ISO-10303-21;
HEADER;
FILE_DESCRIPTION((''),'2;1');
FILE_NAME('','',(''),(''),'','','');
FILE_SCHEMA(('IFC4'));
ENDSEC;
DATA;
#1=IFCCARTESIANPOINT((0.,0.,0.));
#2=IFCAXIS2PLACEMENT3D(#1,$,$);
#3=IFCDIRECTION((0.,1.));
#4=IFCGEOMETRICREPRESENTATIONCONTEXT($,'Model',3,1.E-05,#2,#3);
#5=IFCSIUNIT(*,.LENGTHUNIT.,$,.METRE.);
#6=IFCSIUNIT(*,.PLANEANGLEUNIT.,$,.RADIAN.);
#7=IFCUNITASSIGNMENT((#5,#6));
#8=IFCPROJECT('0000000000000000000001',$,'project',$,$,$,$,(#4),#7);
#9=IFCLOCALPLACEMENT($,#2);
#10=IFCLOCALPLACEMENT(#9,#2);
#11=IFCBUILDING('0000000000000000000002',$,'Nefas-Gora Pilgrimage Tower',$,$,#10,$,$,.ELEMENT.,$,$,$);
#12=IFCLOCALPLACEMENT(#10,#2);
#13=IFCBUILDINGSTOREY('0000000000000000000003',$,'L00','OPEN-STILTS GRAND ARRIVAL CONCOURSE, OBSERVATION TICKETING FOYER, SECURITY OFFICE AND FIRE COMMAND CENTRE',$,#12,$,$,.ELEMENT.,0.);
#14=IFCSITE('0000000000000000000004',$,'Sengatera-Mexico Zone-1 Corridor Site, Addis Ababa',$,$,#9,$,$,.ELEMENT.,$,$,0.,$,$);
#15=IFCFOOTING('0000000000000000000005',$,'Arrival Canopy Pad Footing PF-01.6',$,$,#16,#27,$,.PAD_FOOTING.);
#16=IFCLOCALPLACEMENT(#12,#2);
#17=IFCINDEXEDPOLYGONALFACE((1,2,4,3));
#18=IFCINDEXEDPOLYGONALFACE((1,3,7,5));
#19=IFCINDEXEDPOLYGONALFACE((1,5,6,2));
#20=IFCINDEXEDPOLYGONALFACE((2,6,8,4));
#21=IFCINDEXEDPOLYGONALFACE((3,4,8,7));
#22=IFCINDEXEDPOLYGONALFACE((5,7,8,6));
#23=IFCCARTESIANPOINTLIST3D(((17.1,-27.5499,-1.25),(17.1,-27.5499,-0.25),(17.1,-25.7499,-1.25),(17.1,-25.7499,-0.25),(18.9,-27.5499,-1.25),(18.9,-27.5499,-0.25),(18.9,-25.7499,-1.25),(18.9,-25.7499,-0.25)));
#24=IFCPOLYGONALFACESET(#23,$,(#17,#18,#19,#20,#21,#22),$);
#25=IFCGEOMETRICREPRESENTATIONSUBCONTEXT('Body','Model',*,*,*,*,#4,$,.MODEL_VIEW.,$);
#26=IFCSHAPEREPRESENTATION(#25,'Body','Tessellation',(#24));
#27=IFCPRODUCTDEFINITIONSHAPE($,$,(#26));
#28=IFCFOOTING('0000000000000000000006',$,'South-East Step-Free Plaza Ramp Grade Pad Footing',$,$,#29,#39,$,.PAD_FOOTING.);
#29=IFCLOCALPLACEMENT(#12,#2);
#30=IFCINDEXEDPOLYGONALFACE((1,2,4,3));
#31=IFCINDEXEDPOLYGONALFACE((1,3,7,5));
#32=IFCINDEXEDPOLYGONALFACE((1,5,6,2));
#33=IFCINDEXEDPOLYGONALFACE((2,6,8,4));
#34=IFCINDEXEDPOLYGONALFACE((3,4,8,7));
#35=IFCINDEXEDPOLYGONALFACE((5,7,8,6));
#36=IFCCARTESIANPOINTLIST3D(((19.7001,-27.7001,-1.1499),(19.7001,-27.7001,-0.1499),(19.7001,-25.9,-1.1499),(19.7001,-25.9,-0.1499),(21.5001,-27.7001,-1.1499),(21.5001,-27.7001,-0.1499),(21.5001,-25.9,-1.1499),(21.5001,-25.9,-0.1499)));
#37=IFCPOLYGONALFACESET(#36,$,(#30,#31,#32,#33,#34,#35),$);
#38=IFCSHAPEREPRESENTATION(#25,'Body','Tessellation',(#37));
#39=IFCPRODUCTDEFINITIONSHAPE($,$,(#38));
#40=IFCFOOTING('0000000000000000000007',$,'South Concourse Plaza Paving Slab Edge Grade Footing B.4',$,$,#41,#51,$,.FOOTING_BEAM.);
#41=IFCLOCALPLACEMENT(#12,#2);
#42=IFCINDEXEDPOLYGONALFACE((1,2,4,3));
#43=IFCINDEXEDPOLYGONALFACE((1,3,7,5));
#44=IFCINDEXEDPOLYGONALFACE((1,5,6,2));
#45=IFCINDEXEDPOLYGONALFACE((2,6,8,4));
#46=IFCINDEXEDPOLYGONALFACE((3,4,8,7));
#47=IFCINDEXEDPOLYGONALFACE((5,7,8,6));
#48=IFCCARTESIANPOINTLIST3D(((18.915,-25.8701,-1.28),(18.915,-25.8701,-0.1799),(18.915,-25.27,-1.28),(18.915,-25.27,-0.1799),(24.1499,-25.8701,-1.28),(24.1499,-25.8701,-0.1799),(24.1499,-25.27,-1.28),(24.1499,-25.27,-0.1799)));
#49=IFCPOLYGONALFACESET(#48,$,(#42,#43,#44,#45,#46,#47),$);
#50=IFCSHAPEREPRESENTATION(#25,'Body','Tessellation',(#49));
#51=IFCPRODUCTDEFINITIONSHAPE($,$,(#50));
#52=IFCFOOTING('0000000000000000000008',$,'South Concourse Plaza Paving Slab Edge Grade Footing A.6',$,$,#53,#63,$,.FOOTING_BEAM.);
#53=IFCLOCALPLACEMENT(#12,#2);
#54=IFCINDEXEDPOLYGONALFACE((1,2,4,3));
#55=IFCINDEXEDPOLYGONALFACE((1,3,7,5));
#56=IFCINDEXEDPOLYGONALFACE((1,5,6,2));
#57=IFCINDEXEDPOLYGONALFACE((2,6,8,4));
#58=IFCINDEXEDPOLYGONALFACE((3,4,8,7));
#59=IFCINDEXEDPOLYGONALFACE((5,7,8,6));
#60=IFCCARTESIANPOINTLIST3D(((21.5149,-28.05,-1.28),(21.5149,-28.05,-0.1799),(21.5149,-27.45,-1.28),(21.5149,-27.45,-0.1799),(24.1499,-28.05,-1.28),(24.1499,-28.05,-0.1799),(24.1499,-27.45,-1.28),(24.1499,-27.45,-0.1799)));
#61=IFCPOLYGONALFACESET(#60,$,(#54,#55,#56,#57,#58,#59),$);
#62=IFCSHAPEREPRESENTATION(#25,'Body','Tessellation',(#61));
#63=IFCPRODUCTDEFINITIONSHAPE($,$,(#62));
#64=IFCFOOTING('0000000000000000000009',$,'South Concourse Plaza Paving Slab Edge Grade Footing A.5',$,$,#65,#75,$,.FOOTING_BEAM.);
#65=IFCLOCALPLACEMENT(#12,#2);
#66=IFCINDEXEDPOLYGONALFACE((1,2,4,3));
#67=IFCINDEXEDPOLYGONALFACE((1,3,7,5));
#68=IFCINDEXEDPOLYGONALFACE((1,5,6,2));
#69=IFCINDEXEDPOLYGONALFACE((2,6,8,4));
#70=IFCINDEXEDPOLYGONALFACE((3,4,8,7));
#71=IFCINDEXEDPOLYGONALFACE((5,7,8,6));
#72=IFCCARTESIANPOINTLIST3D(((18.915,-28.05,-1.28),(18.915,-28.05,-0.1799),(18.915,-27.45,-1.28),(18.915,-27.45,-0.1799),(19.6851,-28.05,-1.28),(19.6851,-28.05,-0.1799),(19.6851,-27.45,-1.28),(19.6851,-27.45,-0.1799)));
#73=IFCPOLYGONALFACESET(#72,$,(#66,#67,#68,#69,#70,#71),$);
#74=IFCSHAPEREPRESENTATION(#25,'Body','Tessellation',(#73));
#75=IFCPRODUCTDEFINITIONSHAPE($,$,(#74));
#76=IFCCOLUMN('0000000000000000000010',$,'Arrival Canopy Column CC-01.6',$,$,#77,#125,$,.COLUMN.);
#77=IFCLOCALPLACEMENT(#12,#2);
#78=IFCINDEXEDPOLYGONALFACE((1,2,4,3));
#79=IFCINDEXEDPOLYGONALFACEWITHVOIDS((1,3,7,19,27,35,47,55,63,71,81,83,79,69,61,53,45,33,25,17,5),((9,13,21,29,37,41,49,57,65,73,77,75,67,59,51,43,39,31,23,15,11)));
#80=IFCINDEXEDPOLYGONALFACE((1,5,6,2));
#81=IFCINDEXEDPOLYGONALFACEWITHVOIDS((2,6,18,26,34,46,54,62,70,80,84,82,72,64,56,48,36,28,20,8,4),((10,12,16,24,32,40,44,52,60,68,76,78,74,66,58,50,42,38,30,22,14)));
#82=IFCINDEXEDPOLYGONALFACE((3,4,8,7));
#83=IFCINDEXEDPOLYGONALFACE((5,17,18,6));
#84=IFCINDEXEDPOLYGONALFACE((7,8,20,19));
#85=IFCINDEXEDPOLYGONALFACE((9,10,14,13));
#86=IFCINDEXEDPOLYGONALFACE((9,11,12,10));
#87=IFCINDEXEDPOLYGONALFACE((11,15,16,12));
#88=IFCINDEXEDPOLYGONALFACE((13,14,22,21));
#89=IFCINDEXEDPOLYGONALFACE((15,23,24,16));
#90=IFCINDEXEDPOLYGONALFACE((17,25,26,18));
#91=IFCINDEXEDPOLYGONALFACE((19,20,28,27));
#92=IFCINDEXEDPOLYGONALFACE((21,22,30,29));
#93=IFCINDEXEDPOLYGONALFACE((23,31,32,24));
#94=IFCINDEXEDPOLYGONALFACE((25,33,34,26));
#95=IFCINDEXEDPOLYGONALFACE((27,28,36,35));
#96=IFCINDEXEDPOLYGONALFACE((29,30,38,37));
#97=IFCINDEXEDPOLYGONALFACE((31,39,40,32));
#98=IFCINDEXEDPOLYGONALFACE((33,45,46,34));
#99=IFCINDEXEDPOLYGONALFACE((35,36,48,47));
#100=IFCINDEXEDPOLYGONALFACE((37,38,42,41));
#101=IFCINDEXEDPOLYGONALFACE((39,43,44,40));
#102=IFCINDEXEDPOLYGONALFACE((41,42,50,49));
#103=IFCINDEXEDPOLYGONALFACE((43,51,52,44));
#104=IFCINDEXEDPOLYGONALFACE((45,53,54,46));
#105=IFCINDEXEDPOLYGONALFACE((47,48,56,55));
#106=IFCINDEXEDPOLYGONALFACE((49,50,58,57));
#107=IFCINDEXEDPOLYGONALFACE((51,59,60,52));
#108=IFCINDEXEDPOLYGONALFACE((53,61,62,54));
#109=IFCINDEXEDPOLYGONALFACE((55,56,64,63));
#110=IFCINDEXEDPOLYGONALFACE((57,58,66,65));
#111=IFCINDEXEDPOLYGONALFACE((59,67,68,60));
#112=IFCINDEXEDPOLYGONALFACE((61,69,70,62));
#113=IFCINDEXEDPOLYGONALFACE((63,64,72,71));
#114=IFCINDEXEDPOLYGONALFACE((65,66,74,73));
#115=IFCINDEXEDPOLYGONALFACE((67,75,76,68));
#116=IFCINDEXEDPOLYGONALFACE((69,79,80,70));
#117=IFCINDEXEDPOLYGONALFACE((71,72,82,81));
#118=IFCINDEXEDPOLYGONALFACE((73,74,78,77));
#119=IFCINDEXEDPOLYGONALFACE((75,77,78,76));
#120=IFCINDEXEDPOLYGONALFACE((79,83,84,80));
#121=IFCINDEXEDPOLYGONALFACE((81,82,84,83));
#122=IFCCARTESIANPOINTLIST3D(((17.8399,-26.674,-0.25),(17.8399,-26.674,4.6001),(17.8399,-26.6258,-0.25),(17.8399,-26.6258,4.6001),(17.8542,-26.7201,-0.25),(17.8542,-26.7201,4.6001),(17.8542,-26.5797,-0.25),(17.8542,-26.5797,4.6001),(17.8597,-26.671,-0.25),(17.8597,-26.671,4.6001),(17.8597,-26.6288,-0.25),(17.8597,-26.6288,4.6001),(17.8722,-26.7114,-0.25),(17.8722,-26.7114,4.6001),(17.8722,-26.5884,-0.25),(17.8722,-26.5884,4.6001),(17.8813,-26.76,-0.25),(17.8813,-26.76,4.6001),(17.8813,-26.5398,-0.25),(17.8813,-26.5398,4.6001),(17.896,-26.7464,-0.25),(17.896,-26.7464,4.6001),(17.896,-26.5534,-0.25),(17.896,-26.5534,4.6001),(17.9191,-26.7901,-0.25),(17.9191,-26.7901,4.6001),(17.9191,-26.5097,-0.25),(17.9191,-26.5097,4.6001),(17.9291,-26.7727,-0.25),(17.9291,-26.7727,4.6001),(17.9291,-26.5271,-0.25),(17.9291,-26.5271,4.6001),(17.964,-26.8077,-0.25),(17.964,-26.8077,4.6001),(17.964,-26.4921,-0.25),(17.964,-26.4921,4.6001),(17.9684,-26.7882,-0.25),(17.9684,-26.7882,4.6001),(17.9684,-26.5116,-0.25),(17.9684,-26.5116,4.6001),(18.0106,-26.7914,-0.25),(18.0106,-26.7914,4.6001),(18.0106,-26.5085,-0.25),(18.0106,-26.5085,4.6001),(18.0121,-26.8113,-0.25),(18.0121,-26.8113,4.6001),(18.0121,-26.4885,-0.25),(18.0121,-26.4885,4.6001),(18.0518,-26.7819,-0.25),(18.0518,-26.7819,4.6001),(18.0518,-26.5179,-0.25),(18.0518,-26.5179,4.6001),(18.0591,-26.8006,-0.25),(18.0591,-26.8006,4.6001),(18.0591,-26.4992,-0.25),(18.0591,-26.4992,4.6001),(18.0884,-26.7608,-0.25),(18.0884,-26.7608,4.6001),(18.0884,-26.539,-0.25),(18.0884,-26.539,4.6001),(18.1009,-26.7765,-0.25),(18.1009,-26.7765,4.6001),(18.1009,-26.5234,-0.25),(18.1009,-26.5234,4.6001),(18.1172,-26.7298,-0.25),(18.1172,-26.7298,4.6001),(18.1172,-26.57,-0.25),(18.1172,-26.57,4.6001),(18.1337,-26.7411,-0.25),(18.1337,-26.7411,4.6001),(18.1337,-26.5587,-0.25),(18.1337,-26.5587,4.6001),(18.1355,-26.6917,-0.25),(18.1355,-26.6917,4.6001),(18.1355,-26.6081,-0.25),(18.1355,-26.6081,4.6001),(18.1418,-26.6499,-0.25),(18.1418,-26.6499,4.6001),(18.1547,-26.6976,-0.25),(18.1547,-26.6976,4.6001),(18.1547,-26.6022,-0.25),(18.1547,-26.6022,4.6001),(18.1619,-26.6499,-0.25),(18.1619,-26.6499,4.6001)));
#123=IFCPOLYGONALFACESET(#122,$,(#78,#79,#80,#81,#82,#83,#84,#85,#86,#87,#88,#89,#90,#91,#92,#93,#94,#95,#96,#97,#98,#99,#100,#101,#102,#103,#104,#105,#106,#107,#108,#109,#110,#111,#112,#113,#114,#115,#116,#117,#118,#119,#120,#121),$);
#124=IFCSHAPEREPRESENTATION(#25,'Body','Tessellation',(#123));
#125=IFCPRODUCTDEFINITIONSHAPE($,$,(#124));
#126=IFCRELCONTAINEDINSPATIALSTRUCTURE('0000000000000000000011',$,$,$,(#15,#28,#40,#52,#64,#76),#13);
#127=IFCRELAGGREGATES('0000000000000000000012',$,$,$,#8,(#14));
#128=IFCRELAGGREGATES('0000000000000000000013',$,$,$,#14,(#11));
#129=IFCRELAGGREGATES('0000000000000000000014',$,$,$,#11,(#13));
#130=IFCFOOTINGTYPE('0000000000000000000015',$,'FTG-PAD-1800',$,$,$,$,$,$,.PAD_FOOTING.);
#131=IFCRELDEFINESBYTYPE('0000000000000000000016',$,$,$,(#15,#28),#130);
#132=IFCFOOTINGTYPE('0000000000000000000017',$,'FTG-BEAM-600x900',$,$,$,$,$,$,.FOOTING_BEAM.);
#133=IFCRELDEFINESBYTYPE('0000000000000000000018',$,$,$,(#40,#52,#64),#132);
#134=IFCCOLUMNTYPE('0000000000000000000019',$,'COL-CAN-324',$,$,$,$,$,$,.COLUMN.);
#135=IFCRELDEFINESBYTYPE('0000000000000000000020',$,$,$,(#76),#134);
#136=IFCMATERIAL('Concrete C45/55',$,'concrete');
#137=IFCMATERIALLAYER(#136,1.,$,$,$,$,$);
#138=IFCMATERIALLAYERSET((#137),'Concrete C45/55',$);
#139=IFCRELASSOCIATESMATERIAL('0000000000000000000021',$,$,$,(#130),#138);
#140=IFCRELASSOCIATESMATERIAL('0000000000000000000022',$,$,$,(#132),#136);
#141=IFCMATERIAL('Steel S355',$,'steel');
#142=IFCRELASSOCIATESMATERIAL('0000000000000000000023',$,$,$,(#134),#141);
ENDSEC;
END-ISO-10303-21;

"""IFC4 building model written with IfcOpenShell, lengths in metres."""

from ifc_helpers import new_model, si_unit, direction, frame, origin, origin_2d, place, context, subcontext, project, spatial, rectangle, hollow_circle, extrude, source, transform, mapped, material, layer, layer_set, material_profile, profile_set, type_object, element, save


model = new_model("IFC4")

# Units and contexts
model_context = context("Model", 3, precision=1e-05, world=origin(), true_north=direction((0.0, 1.0)))
body_context = subcontext(model_context, "Body", "Model", "MODEL_VIEW")
ifc_project = project(units=[si_unit("LENGTHUNIT", "METRE"), si_unit("PLANEANGLEUNIT", "RADIAN")], contexts=[model_context])

# Site, building, storey
site_placement = place(None, origin())
site = spatial("IfcSite", under=ifc_project, at=site_placement, Name="Sengatera-Mexico Zone-1 Corridor Site, Addis Ababa", CompositionType="ELEMENT", RefElevation=0.0)
building_placement = place(site_placement, origin())
building = spatial("IfcBuilding", under=site, at=building_placement, Name="Nefas-Gora Pilgrimage Tower", CompositionType="ELEMENT")
storey_placement = place(building_placement, origin())
storey = spatial("IfcBuildingStorey", under=building, at=storey_placement, Name="L00", Description="OPEN-STILTS GRAND ARRIVAL CONCOURSE, OBSERVATION TICKETING FOYER, SECURITY OFFICE AND FIRE COMMAND CENTRE", CompositionType="ELEMENT", Elevation=0.0)

# Footings
ifc_material_1 = material(Name="Concrete C45/55", Category="concrete")
ifc_layer_1 = layer(ifc_material_1, 1.0)
ifc_layer_set_1 = layer_set([ifc_layer_1], Name="Concrete C45/55")
footing_type_1 = type_object("IfcFootingType", Name="FTG-PAD-1800", PredefinedType="PAD_FOOTING", material=ifc_layer_set_1)
shared_shape_1 = source(origin(), body_context, "Body", "SweptSolid", [
    extrude(rectangle(XDim=1.8, YDim=1.8, at=origin_2d()), origin(), (0.0, 0.0, 1.0), 1.0),
])
for number, where, z_axis, x_axis, name in (
    (1, (18.0, -26.6499, -1.25), (0.0, 0.0, 1.0), (1.0, 0.0, 0.0), "Arrival Canopy Pad Footing PF-01.6"),
    (2, (20.6001, -26.8, -1.1499), (0.0, 0.0, 1.0), (1.0, 0.0, 0.0), "South-East Step-Free Plaza Ramp Grade Pad Footing"),
):
    element("IfcFooting", number, at=place(storey_placement, frame(where, z_axis=z_axis, x_axis=x_axis)), inside=storey, type_object=footing_type_1, Name=name, PredefinedType="PAD_FOOTING", context=body_context, shape_type="MappedRepresentation", body=[
        mapped(shared_shape_1, transform((0.0, 0.0, 0.0), x_axis=(1.0, 0.0, 0.0), y_axis=(0.0, 1.0, 0.0), z_axis=(0.0, 0.0, 1.0), scale=1.0)),
    ])
ifc_material_profile_1 = material_profile(ifc_material_1, rectangle(XDim=0.6001, YDim=1.1001, at=origin_2d()), Name="RC 600x1100")
ifc_profile_set_1 = profile_set([ifc_material_profile_1], Name="Concrete C45/55")
footing_type_2 = type_object("IfcFootingType", Name="FTG-BEAM-600x900", PredefinedType="FOOTING_BEAM", material=ifc_profile_set_1)
shared_shape_2 = source(origin(), body_context, "Body", "SweptSolid", [
    extrude(rectangle(XDim=0.6001, YDim=1.1001, at=origin_2d()), origin(), (0.0, 0.0, 1.0), 5.2349),
])
footing_1_placement = place(storey_placement, frame((18.915, -25.5701, -0.73), z_axis=(1.0, 0.0, 0.0), x_axis=(0.0, 1.0, 0.0)))
element("IfcFooting", 3, at=footing_1_placement, inside=storey, type_object=footing_type_2, Name="South Concourse Plaza Paving Slab Edge Grade Footing B.4", PredefinedType="FOOTING_BEAM", context=body_context, shape_type="MappedRepresentation", body=[
    mapped(shared_shape_2, transform((0.0, 0.0, 0.0), x_axis=(1.0, 0.0, 0.0), y_axis=(0.0, 1.0, 0.0), z_axis=(0.0, 0.0, 1.0), scale=1.0)),
])
shared_shape_3 = source(origin(), body_context, "Body", "SweptSolid", [
    extrude(rectangle(XDim=0.6001, YDim=1.1001, at=origin_2d()), origin(), (0.0, 0.0, 1.0), 2.635),
])
footing_2_placement = place(storey_placement, frame((21.5149, -27.75, -0.73), z_axis=(1.0, 0.0, 0.0), x_axis=(0.0, 1.0, 0.0)))
element("IfcFooting", 4, at=footing_2_placement, inside=storey, type_object=footing_type_2, Name="South Concourse Plaza Paving Slab Edge Grade Footing A.6", PredefinedType="FOOTING_BEAM", context=body_context, shape_type="MappedRepresentation", body=[
    mapped(shared_shape_3, transform((0.0, 0.0, 0.0), x_axis=(1.0, 0.0, 0.0), y_axis=(0.0, 1.0, 0.0), z_axis=(0.0, 0.0, 1.0), scale=1.0)),
])
shared_shape_4 = source(origin(), body_context, "Body", "SweptSolid", [
    extrude(rectangle(XDim=0.6001, YDim=1.1001, at=origin_2d()), origin(), (0.0, 0.0, 1.0), 0.77),
])
footing_3_placement = place(storey_placement, frame((18.915, -27.75, -0.73), z_axis=(1.0, 0.0, 0.0), x_axis=(0.0, 1.0, 0.0)))
element("IfcFooting", 5, at=footing_3_placement, inside=storey, type_object=footing_type_2, Name="South Concourse Plaza Paving Slab Edge Grade Footing A.5", PredefinedType="FOOTING_BEAM", context=body_context, shape_type="MappedRepresentation", body=[
    mapped(shared_shape_4, transform((0.0, 0.0, 0.0), x_axis=(1.0, 0.0, 0.0), y_axis=(0.0, 1.0, 0.0), z_axis=(0.0, 0.0, 1.0), scale=1.0)),
])

# Column
ifc_material_2 = material(Name="Steel S355", Category="steel")
ifc_material_profile_2 = material_profile(ifc_material_2, hollow_circle(Radius=0.1619, WallThickness=0.02, at=origin_2d()), Name="CHS 323.9x20")
ifc_profile_set_2 = profile_set([ifc_material_profile_2], Name="Steel S355")
column_type_1 = type_object("IfcColumnType", Name="COL-CAN-324", PredefinedType="COLUMN", material=ifc_profile_set_2)
shared_shape_5 = source(origin(), body_context, "Body", "SweptSolid", [
    extrude(hollow_circle(Radius=0.1619, WallThickness=0.02, at=origin_2d()), origin(), (0.0, 0.0, 1.0), 4.8501),
])
column_placement = place(storey_placement, frame((18.0, -26.6499, -0.25), z_axis=(0.0, 0.0, 1.0), x_axis=(1.0, 0.0, 0.0)))
element("IfcColumn", 6, at=column_placement, inside=storey, type_object=column_type_1, Name="Arrival Canopy Column CC-01.6", PredefinedType="COLUMN", context=body_context, shape_type="MappedRepresentation", body=[
    mapped(shared_shape_5, transform((0.0, 0.0, 0.0), x_axis=(1.0, 0.0, 0.0), y_axis=(0.0, 1.0, 0.0), z_axis=(0.0, 0.0, 1.0), scale=1.0)),
])

save(model, "model.ifc")
